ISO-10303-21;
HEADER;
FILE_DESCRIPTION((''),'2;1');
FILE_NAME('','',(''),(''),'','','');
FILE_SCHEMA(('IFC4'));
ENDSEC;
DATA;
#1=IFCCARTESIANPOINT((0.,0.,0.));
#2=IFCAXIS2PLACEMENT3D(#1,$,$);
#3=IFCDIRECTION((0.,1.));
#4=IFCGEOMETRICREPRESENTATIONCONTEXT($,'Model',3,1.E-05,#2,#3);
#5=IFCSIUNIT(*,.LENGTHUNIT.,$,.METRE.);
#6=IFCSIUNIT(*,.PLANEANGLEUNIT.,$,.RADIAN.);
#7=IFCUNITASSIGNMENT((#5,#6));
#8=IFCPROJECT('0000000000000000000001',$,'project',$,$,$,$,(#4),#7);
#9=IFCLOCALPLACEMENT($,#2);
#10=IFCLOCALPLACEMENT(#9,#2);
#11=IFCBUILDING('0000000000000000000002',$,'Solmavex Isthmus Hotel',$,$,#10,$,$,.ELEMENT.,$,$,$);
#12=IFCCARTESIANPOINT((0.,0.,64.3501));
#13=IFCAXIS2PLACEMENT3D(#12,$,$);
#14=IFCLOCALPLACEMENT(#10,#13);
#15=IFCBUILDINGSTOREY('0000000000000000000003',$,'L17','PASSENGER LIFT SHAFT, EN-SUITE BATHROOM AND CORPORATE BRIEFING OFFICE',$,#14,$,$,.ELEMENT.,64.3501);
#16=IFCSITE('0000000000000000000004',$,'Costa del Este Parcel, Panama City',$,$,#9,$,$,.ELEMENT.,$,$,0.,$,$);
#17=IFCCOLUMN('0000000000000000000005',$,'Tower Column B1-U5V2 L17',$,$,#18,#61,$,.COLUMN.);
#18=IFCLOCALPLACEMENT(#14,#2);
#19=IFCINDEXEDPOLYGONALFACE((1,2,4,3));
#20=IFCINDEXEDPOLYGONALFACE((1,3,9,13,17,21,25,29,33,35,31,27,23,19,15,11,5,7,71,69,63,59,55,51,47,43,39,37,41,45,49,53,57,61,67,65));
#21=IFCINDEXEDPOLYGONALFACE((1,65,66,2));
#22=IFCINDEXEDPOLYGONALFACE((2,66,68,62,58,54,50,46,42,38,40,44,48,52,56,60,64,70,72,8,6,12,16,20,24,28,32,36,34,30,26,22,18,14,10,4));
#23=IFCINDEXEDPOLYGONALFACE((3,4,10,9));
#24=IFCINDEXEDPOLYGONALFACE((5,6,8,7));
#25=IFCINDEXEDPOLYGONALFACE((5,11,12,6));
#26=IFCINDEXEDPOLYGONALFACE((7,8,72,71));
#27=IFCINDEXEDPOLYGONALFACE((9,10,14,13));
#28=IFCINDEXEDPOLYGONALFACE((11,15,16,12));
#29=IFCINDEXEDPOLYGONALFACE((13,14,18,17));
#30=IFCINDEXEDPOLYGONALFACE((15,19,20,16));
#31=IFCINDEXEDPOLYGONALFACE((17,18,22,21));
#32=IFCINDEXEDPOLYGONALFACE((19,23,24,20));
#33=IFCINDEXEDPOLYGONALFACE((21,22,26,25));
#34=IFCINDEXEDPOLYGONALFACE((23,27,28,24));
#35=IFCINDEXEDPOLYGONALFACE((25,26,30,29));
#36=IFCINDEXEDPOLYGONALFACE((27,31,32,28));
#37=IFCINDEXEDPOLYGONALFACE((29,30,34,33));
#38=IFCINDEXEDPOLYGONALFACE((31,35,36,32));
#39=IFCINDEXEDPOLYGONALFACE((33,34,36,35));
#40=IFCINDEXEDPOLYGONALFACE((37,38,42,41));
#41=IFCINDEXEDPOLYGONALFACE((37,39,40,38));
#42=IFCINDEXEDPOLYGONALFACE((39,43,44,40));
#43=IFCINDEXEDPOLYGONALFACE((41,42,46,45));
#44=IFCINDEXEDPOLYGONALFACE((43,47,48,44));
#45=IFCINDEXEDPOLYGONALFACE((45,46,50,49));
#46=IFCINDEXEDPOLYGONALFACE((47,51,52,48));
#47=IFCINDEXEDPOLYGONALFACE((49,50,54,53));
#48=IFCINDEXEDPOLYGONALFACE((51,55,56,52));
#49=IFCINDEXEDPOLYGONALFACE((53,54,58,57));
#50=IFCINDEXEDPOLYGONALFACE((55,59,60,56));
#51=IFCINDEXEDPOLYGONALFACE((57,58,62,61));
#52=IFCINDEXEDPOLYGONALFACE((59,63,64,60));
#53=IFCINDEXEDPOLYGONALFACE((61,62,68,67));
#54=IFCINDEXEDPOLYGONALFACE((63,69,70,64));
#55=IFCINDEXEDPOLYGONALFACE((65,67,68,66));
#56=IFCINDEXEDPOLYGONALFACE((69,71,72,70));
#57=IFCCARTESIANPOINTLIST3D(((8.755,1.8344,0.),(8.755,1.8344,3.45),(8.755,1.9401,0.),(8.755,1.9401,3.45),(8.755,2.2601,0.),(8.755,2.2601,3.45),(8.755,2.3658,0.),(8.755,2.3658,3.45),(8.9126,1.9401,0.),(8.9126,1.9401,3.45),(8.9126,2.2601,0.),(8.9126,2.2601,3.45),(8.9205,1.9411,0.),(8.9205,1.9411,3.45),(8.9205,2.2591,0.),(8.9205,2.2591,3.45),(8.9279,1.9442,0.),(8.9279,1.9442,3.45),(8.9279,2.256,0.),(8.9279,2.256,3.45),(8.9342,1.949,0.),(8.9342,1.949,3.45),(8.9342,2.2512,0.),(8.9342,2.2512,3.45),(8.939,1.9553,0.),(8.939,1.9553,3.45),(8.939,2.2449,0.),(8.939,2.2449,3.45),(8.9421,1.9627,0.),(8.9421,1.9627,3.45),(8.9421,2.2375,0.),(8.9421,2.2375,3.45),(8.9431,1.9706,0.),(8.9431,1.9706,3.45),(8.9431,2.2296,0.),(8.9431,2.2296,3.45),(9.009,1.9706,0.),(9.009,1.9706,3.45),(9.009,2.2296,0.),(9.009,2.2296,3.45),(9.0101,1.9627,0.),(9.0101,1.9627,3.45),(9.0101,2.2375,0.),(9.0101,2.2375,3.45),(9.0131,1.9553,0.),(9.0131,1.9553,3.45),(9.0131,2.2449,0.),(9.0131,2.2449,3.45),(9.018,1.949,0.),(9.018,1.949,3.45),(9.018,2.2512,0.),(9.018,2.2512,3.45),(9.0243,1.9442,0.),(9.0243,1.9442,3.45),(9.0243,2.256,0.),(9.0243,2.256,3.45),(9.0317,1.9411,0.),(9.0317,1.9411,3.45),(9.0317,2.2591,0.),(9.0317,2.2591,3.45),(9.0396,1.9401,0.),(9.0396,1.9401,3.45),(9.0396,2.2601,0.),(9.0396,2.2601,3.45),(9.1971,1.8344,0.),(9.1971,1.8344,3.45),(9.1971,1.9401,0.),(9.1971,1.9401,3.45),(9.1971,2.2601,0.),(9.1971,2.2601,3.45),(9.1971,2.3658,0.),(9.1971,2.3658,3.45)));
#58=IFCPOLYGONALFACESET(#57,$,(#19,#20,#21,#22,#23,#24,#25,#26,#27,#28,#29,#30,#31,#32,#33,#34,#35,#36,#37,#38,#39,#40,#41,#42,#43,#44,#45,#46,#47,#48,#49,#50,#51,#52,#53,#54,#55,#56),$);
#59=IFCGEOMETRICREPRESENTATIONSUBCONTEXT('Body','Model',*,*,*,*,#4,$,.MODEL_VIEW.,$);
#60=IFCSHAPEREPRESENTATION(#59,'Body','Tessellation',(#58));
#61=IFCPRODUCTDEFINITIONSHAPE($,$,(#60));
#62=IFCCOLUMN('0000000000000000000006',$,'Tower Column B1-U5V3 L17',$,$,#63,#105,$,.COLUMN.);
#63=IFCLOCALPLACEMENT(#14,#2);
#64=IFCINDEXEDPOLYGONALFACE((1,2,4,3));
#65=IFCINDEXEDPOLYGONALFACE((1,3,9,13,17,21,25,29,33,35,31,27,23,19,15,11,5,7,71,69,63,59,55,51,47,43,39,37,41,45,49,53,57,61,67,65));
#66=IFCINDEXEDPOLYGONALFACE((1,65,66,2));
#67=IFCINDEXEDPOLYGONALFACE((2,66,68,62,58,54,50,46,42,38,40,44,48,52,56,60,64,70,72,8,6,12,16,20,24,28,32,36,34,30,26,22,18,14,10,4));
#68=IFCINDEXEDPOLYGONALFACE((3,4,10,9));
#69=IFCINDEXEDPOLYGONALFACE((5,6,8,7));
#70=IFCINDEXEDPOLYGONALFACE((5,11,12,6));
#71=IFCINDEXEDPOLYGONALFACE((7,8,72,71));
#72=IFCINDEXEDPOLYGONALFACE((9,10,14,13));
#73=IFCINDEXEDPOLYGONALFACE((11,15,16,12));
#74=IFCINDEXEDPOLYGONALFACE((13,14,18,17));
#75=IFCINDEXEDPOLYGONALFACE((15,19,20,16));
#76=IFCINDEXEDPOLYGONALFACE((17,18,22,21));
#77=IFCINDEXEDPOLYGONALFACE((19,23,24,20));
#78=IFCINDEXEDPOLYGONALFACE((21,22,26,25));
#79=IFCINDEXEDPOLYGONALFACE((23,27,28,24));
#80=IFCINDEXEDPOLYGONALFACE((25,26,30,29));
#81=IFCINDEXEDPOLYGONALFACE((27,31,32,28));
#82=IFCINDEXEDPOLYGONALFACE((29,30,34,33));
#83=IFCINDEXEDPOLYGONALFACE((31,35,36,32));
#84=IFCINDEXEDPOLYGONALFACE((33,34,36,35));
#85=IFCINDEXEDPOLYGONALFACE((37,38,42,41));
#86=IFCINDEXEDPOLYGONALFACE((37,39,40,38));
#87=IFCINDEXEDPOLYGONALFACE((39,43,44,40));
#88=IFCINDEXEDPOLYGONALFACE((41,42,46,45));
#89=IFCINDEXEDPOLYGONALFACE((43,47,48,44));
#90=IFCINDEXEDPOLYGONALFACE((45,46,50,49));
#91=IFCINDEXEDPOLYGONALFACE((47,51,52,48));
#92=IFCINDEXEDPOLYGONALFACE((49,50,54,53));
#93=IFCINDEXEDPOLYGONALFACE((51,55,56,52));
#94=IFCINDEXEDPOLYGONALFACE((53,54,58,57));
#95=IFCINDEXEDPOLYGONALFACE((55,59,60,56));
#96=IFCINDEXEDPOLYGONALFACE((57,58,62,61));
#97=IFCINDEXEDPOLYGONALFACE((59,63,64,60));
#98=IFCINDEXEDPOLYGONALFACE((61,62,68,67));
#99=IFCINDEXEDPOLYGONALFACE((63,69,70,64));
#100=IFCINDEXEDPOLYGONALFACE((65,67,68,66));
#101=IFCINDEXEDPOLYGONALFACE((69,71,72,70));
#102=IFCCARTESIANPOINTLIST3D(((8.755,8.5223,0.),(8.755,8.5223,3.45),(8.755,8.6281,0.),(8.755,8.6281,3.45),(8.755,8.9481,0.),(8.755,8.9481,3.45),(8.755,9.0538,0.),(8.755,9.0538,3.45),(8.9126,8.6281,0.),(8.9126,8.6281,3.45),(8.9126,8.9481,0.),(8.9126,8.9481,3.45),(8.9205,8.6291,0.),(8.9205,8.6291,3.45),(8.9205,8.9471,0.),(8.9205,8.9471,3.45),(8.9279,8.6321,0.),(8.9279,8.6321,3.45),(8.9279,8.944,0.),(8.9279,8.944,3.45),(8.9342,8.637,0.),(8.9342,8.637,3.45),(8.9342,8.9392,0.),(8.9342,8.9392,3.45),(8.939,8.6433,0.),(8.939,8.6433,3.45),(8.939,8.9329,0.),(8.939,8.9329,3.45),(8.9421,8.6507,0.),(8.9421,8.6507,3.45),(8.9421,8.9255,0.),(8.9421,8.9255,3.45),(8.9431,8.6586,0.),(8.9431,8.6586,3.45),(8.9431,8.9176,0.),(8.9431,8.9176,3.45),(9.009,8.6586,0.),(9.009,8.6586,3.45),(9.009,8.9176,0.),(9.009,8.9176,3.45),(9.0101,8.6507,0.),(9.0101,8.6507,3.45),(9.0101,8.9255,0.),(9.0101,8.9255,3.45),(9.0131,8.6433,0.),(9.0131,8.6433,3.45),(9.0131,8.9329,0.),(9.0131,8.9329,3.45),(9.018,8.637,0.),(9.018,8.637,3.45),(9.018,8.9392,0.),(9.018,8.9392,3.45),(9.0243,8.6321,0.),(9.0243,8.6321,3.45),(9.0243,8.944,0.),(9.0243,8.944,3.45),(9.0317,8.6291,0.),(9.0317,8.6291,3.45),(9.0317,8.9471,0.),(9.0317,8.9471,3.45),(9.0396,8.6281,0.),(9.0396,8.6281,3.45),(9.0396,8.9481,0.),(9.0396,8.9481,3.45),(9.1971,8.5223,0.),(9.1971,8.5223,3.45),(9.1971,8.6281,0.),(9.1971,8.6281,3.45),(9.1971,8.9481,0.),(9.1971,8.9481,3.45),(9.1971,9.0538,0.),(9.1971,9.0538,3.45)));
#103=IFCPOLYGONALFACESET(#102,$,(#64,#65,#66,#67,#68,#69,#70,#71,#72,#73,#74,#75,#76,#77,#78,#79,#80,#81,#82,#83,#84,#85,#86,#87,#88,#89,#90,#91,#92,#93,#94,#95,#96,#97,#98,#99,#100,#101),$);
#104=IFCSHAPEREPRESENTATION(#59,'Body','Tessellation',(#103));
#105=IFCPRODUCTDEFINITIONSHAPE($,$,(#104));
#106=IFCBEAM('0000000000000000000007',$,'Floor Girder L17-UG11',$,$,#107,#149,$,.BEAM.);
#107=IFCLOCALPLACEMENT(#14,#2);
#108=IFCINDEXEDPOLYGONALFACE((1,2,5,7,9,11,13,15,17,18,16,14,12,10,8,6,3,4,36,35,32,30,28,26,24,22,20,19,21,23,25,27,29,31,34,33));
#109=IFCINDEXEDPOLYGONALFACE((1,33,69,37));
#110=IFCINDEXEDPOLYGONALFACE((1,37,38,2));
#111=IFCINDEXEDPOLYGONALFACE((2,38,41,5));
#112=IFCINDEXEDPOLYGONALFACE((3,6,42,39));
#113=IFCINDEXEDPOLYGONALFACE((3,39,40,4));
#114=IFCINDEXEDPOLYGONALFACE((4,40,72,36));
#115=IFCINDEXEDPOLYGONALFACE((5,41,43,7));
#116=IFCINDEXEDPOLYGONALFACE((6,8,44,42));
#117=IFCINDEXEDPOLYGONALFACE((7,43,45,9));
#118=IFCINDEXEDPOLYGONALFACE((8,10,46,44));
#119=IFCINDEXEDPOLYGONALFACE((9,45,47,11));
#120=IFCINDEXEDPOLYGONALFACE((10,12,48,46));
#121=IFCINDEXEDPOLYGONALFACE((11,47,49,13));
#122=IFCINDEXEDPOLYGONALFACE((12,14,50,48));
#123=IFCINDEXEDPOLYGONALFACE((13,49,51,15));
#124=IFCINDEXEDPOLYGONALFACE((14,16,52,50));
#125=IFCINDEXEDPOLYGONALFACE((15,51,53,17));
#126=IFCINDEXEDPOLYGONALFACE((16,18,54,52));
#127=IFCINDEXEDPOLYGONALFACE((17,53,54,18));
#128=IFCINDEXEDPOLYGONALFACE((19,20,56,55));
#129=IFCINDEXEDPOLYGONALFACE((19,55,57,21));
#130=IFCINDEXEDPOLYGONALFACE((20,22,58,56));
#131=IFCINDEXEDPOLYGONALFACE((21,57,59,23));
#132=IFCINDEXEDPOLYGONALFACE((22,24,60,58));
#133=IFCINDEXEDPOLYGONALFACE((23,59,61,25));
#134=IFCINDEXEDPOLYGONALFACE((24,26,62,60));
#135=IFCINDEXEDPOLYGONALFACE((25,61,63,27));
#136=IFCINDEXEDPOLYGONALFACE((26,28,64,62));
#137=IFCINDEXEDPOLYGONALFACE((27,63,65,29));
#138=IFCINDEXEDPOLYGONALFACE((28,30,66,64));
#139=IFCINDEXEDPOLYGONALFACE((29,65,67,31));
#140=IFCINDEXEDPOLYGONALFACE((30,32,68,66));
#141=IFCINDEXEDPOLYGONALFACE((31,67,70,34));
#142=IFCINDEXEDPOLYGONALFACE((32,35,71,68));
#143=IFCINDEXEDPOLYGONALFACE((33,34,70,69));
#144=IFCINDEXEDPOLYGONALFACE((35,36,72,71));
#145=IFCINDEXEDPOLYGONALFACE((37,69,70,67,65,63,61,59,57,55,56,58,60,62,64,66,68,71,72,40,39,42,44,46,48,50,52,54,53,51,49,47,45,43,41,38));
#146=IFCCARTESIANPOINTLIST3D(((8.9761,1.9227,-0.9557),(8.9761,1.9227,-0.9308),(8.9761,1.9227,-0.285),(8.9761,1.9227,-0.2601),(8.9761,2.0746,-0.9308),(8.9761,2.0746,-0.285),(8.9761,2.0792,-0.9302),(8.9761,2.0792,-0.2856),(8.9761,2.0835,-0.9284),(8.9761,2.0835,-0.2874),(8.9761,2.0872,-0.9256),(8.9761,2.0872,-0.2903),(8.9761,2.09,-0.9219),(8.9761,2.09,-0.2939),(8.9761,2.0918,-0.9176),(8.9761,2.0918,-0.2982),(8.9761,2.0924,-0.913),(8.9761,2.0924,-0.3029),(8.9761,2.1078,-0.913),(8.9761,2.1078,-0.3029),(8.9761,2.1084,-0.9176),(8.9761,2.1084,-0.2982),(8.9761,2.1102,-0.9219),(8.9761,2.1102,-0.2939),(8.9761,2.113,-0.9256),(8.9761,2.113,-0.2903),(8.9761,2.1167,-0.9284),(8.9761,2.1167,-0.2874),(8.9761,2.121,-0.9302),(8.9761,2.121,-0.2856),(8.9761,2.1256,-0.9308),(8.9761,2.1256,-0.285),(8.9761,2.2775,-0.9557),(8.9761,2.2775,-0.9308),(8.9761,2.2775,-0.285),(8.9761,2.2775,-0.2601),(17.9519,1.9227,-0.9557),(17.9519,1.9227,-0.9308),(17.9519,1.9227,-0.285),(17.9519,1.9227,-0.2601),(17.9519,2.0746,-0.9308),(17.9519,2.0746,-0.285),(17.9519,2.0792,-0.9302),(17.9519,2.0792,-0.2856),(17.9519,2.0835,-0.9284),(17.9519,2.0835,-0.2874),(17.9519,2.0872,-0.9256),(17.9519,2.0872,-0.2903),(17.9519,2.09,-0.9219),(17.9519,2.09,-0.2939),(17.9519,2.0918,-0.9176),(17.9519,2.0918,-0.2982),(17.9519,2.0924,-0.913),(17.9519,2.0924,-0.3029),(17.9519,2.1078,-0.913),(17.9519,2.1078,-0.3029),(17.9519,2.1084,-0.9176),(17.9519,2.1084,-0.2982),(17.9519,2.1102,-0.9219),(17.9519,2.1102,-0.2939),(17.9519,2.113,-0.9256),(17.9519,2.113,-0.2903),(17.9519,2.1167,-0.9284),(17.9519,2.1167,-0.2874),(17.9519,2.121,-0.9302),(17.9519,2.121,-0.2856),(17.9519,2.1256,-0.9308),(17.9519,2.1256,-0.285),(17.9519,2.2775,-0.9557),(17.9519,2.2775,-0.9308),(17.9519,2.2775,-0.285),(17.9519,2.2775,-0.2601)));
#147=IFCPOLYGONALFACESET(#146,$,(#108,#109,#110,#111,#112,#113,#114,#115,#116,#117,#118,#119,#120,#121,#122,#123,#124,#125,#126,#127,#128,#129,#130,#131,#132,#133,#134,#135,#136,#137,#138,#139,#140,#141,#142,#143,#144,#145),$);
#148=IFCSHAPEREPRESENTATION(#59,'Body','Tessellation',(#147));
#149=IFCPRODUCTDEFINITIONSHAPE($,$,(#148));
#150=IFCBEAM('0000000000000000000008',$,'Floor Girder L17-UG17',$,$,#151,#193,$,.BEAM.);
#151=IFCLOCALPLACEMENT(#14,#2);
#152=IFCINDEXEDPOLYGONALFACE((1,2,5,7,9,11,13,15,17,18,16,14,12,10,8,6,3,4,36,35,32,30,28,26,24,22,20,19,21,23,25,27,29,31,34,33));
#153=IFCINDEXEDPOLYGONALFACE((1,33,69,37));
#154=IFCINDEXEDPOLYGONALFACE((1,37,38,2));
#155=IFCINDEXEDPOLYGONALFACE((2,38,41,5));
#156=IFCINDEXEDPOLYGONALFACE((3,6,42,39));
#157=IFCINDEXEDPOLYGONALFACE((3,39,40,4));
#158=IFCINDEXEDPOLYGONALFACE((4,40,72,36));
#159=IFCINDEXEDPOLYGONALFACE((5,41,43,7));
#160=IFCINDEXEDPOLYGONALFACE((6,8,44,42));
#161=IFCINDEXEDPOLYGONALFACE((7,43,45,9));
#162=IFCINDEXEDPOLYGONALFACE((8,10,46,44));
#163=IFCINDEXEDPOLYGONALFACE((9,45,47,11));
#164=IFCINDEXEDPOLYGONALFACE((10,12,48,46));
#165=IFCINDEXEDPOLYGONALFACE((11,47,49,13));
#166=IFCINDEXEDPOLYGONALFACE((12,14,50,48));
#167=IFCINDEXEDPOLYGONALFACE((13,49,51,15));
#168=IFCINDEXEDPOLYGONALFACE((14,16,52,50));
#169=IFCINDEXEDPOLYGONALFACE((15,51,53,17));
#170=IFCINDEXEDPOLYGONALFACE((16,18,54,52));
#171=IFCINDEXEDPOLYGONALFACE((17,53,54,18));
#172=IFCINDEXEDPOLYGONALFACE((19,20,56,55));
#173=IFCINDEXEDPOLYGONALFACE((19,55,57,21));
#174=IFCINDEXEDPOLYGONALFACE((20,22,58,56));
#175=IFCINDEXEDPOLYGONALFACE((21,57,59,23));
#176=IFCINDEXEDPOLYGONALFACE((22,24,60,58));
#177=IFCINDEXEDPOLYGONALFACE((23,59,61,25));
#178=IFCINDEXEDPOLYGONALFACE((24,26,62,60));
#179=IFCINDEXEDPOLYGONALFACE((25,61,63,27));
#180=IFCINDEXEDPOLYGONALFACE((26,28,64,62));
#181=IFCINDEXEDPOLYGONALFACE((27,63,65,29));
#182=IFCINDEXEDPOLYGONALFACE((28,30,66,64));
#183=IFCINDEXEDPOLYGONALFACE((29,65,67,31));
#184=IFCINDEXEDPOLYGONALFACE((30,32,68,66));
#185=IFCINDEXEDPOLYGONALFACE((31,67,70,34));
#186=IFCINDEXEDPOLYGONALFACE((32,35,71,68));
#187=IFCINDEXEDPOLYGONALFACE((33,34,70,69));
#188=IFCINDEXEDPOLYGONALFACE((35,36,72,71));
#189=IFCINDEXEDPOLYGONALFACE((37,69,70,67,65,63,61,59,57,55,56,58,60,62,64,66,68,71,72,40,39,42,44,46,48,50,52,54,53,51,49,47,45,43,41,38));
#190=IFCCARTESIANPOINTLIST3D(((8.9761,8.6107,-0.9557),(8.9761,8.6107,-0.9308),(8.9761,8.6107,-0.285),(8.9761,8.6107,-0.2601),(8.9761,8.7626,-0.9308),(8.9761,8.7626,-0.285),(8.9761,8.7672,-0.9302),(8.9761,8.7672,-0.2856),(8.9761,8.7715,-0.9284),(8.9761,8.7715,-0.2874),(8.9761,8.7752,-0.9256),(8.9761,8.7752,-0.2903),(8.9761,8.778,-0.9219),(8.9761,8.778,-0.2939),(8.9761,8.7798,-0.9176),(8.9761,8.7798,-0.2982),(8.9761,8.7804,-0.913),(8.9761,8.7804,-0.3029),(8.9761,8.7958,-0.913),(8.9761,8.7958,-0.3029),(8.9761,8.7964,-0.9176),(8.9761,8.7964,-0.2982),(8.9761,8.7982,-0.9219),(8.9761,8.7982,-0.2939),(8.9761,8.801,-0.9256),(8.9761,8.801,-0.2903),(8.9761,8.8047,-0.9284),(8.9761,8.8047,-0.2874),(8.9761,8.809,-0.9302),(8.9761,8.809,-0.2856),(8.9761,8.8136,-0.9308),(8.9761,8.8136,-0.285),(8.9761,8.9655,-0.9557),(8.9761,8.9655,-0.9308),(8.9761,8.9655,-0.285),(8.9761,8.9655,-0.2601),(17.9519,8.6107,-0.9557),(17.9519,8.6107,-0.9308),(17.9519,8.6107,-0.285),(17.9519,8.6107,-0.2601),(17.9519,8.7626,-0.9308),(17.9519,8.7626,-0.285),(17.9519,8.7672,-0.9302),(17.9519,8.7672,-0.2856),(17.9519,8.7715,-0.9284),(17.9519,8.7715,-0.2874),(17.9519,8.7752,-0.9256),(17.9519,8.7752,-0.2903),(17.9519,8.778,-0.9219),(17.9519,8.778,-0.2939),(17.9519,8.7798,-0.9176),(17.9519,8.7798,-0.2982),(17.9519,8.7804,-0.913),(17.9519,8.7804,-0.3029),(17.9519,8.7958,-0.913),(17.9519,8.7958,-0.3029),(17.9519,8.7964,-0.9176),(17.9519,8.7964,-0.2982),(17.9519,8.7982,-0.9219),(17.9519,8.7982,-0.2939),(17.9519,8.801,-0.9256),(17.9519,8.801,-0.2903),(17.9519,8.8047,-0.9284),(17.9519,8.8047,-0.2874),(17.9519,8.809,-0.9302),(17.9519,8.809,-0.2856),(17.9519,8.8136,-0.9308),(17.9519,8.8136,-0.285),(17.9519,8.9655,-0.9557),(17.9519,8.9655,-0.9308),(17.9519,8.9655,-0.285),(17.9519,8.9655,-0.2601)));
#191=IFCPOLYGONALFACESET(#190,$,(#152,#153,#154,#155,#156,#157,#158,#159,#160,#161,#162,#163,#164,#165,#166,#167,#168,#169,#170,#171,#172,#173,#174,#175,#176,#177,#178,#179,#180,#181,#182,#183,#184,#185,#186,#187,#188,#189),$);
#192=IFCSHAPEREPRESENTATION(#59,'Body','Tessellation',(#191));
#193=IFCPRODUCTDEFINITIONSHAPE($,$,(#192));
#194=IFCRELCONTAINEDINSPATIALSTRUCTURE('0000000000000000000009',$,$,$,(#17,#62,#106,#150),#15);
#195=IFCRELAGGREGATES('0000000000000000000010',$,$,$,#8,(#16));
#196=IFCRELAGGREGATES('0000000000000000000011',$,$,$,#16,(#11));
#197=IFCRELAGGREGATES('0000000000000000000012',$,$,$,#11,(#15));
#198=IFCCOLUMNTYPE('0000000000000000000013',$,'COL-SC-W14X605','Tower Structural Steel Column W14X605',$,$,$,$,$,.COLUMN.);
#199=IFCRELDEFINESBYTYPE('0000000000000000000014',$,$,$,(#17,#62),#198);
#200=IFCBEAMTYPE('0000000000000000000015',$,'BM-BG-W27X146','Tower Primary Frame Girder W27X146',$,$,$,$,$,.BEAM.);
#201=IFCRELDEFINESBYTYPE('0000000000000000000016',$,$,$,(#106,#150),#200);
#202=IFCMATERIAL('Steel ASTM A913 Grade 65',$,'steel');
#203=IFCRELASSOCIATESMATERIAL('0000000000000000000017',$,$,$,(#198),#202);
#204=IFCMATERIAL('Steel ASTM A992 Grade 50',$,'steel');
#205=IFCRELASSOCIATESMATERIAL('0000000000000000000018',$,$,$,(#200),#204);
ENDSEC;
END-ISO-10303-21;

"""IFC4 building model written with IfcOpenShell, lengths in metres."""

from ifc_helpers import new_model, si_unit, direction, frame, origin, origin_2d, place, context, subcontext, project, spatial, i_section, extrude, material, material_profile, profile_set, type_object, element, save


model = new_model("IFC4")

# Units and contexts
model_context = context("Model", 3, precision=1e-05, world=origin(), true_north=direction((0.0, 1.0)))
body_context = subcontext(model_context, "Body", "Model", "MODEL_VIEW")
ifc_project = project(units=[si_unit("LENGTHUNIT", "METRE"), si_unit("PLANEANGLEUNIT", "RADIAN")], contexts=[model_context])

# Site, building, storey
site_placement = place(None, origin())
site = spatial("IfcSite", under=ifc_project, at=site_placement, Name="Costa del Este Parcel, Panama City", CompositionType="ELEMENT", RefElevation=0.0)
building_placement = place(site_placement, origin())
building = spatial("IfcBuilding", under=site, at=building_placement, Name="Solmavex Isthmus Hotel", CompositionType="ELEMENT")
storey_placement = place(building_placement, frame((0.0, 0.0, 64.3501)))
storey = spatial("IfcBuildingStorey", under=building, at=storey_placement, Name="L17", Description="PASSENGER LIFT SHAFT, EN-SUITE BATHROOM AND CORPORATE BRIEFING OFFICE", CompositionType="ELEMENT", Elevation=64.3501)

# Columns
ifc_material_1 = material(Name="Steel ASTM A913 Grade 65", Category="steel")
ifc_material_profile_1 = material_profile(ifc_material_1, i_section(OverallWidth=0.4421, OverallDepth=0.5315, WebThickness=0.0659, FlangeThickness=0.1057, FilletRadius=0.0305, at=origin_2d()), Name="W14X605")
ifc_profile_set_1 = profile_set([ifc_material_profile_1], Name="Steel ASTM A913 Grade 65")
column_type = type_object("IfcColumnType", Name="COL-SC-W14X605", Description="Tower Structural Steel Column W14X605", PredefinedType="COLUMN", material=ifc_profile_set_1)
for number, where, z_axis, x_axis, name in (
    (1, (8.9761, 2.1001, 0.0), (0.0, 0.0, 1.0), (1.0, 0.0, 0.0), "Tower Column B1-U5V2 L17"),
    (2, (8.9761, 8.7881, 0.0), (0.0, 0.0, 1.0), (1.0, 0.0, 0.0), "Tower Column B1-U5V3 L17"),
):
    element("IfcColumn", number, at=place(storey_placement, frame(where, z_axis=z_axis, x_axis=x_axis)), inside=storey, type_object=column_type, Name=name, PredefinedType="COLUMN", context=body_context, shape_type="SweptSolid", body=[
        extrude(i_section(OverallWidth=0.4421, OverallDepth=0.5315, WebThickness=0.0659, FlangeThickness=0.1057, FilletRadius=0.0305, at=origin_2d()), origin(), (0.0, 0.0, 1.0), 3.45),
    ])

# Beams
ifc_material_2 = material(Name="Steel ASTM A992 Grade 50", Category="steel")
ifc_material_profile_2 = material_profile(ifc_material_2, i_section(OverallWidth=0.3547, OverallDepth=0.6956, WebThickness=0.0154, FlangeThickness=0.0249, FilletRadius=0.0178, at=origin_2d()), Name="W27X146")
ifc_profile_set_2 = profile_set([ifc_material_profile_2], Name="Steel ASTM A992 Grade 50")
beam_type_1 = type_object("IfcBeamType", Name="BM-BG-W27X146", Description="Tower Primary Frame Girder W27X146", PredefinedType="BEAM", material=ifc_profile_set_2)
for number, where, z_axis, x_axis, name in (
    (3, (8.9761, 2.1001, -0.6079), (1.0, 0.0, 0.0), (0.0, 1.0, 0.0), "Floor Girder L17-UG11"),
    (4, (8.9761, 8.7881, -0.6079), (1.0, 0.0, 0.0), (0.0, 1.0, 0.0), "Floor Girder L17-UG17"),
):
    element("IfcBeam", number, at=place(storey_placement, frame(where, z_axis=z_axis, x_axis=x_axis)), inside=storey, type_object=beam_type_1, Name=name, PredefinedType="BEAM", context=body_context, shape_type="SweptSolid", body=[
        extrude(i_section(OverallWidth=0.3547, OverallDepth=0.6956, WebThickness=0.0154, FlangeThickness=0.0249, FilletRadius=0.0178, at=origin_2d()), origin(), (0.0, 0.0, 1.0), 8.9758),
    ])

save(model, "model.ifc")
